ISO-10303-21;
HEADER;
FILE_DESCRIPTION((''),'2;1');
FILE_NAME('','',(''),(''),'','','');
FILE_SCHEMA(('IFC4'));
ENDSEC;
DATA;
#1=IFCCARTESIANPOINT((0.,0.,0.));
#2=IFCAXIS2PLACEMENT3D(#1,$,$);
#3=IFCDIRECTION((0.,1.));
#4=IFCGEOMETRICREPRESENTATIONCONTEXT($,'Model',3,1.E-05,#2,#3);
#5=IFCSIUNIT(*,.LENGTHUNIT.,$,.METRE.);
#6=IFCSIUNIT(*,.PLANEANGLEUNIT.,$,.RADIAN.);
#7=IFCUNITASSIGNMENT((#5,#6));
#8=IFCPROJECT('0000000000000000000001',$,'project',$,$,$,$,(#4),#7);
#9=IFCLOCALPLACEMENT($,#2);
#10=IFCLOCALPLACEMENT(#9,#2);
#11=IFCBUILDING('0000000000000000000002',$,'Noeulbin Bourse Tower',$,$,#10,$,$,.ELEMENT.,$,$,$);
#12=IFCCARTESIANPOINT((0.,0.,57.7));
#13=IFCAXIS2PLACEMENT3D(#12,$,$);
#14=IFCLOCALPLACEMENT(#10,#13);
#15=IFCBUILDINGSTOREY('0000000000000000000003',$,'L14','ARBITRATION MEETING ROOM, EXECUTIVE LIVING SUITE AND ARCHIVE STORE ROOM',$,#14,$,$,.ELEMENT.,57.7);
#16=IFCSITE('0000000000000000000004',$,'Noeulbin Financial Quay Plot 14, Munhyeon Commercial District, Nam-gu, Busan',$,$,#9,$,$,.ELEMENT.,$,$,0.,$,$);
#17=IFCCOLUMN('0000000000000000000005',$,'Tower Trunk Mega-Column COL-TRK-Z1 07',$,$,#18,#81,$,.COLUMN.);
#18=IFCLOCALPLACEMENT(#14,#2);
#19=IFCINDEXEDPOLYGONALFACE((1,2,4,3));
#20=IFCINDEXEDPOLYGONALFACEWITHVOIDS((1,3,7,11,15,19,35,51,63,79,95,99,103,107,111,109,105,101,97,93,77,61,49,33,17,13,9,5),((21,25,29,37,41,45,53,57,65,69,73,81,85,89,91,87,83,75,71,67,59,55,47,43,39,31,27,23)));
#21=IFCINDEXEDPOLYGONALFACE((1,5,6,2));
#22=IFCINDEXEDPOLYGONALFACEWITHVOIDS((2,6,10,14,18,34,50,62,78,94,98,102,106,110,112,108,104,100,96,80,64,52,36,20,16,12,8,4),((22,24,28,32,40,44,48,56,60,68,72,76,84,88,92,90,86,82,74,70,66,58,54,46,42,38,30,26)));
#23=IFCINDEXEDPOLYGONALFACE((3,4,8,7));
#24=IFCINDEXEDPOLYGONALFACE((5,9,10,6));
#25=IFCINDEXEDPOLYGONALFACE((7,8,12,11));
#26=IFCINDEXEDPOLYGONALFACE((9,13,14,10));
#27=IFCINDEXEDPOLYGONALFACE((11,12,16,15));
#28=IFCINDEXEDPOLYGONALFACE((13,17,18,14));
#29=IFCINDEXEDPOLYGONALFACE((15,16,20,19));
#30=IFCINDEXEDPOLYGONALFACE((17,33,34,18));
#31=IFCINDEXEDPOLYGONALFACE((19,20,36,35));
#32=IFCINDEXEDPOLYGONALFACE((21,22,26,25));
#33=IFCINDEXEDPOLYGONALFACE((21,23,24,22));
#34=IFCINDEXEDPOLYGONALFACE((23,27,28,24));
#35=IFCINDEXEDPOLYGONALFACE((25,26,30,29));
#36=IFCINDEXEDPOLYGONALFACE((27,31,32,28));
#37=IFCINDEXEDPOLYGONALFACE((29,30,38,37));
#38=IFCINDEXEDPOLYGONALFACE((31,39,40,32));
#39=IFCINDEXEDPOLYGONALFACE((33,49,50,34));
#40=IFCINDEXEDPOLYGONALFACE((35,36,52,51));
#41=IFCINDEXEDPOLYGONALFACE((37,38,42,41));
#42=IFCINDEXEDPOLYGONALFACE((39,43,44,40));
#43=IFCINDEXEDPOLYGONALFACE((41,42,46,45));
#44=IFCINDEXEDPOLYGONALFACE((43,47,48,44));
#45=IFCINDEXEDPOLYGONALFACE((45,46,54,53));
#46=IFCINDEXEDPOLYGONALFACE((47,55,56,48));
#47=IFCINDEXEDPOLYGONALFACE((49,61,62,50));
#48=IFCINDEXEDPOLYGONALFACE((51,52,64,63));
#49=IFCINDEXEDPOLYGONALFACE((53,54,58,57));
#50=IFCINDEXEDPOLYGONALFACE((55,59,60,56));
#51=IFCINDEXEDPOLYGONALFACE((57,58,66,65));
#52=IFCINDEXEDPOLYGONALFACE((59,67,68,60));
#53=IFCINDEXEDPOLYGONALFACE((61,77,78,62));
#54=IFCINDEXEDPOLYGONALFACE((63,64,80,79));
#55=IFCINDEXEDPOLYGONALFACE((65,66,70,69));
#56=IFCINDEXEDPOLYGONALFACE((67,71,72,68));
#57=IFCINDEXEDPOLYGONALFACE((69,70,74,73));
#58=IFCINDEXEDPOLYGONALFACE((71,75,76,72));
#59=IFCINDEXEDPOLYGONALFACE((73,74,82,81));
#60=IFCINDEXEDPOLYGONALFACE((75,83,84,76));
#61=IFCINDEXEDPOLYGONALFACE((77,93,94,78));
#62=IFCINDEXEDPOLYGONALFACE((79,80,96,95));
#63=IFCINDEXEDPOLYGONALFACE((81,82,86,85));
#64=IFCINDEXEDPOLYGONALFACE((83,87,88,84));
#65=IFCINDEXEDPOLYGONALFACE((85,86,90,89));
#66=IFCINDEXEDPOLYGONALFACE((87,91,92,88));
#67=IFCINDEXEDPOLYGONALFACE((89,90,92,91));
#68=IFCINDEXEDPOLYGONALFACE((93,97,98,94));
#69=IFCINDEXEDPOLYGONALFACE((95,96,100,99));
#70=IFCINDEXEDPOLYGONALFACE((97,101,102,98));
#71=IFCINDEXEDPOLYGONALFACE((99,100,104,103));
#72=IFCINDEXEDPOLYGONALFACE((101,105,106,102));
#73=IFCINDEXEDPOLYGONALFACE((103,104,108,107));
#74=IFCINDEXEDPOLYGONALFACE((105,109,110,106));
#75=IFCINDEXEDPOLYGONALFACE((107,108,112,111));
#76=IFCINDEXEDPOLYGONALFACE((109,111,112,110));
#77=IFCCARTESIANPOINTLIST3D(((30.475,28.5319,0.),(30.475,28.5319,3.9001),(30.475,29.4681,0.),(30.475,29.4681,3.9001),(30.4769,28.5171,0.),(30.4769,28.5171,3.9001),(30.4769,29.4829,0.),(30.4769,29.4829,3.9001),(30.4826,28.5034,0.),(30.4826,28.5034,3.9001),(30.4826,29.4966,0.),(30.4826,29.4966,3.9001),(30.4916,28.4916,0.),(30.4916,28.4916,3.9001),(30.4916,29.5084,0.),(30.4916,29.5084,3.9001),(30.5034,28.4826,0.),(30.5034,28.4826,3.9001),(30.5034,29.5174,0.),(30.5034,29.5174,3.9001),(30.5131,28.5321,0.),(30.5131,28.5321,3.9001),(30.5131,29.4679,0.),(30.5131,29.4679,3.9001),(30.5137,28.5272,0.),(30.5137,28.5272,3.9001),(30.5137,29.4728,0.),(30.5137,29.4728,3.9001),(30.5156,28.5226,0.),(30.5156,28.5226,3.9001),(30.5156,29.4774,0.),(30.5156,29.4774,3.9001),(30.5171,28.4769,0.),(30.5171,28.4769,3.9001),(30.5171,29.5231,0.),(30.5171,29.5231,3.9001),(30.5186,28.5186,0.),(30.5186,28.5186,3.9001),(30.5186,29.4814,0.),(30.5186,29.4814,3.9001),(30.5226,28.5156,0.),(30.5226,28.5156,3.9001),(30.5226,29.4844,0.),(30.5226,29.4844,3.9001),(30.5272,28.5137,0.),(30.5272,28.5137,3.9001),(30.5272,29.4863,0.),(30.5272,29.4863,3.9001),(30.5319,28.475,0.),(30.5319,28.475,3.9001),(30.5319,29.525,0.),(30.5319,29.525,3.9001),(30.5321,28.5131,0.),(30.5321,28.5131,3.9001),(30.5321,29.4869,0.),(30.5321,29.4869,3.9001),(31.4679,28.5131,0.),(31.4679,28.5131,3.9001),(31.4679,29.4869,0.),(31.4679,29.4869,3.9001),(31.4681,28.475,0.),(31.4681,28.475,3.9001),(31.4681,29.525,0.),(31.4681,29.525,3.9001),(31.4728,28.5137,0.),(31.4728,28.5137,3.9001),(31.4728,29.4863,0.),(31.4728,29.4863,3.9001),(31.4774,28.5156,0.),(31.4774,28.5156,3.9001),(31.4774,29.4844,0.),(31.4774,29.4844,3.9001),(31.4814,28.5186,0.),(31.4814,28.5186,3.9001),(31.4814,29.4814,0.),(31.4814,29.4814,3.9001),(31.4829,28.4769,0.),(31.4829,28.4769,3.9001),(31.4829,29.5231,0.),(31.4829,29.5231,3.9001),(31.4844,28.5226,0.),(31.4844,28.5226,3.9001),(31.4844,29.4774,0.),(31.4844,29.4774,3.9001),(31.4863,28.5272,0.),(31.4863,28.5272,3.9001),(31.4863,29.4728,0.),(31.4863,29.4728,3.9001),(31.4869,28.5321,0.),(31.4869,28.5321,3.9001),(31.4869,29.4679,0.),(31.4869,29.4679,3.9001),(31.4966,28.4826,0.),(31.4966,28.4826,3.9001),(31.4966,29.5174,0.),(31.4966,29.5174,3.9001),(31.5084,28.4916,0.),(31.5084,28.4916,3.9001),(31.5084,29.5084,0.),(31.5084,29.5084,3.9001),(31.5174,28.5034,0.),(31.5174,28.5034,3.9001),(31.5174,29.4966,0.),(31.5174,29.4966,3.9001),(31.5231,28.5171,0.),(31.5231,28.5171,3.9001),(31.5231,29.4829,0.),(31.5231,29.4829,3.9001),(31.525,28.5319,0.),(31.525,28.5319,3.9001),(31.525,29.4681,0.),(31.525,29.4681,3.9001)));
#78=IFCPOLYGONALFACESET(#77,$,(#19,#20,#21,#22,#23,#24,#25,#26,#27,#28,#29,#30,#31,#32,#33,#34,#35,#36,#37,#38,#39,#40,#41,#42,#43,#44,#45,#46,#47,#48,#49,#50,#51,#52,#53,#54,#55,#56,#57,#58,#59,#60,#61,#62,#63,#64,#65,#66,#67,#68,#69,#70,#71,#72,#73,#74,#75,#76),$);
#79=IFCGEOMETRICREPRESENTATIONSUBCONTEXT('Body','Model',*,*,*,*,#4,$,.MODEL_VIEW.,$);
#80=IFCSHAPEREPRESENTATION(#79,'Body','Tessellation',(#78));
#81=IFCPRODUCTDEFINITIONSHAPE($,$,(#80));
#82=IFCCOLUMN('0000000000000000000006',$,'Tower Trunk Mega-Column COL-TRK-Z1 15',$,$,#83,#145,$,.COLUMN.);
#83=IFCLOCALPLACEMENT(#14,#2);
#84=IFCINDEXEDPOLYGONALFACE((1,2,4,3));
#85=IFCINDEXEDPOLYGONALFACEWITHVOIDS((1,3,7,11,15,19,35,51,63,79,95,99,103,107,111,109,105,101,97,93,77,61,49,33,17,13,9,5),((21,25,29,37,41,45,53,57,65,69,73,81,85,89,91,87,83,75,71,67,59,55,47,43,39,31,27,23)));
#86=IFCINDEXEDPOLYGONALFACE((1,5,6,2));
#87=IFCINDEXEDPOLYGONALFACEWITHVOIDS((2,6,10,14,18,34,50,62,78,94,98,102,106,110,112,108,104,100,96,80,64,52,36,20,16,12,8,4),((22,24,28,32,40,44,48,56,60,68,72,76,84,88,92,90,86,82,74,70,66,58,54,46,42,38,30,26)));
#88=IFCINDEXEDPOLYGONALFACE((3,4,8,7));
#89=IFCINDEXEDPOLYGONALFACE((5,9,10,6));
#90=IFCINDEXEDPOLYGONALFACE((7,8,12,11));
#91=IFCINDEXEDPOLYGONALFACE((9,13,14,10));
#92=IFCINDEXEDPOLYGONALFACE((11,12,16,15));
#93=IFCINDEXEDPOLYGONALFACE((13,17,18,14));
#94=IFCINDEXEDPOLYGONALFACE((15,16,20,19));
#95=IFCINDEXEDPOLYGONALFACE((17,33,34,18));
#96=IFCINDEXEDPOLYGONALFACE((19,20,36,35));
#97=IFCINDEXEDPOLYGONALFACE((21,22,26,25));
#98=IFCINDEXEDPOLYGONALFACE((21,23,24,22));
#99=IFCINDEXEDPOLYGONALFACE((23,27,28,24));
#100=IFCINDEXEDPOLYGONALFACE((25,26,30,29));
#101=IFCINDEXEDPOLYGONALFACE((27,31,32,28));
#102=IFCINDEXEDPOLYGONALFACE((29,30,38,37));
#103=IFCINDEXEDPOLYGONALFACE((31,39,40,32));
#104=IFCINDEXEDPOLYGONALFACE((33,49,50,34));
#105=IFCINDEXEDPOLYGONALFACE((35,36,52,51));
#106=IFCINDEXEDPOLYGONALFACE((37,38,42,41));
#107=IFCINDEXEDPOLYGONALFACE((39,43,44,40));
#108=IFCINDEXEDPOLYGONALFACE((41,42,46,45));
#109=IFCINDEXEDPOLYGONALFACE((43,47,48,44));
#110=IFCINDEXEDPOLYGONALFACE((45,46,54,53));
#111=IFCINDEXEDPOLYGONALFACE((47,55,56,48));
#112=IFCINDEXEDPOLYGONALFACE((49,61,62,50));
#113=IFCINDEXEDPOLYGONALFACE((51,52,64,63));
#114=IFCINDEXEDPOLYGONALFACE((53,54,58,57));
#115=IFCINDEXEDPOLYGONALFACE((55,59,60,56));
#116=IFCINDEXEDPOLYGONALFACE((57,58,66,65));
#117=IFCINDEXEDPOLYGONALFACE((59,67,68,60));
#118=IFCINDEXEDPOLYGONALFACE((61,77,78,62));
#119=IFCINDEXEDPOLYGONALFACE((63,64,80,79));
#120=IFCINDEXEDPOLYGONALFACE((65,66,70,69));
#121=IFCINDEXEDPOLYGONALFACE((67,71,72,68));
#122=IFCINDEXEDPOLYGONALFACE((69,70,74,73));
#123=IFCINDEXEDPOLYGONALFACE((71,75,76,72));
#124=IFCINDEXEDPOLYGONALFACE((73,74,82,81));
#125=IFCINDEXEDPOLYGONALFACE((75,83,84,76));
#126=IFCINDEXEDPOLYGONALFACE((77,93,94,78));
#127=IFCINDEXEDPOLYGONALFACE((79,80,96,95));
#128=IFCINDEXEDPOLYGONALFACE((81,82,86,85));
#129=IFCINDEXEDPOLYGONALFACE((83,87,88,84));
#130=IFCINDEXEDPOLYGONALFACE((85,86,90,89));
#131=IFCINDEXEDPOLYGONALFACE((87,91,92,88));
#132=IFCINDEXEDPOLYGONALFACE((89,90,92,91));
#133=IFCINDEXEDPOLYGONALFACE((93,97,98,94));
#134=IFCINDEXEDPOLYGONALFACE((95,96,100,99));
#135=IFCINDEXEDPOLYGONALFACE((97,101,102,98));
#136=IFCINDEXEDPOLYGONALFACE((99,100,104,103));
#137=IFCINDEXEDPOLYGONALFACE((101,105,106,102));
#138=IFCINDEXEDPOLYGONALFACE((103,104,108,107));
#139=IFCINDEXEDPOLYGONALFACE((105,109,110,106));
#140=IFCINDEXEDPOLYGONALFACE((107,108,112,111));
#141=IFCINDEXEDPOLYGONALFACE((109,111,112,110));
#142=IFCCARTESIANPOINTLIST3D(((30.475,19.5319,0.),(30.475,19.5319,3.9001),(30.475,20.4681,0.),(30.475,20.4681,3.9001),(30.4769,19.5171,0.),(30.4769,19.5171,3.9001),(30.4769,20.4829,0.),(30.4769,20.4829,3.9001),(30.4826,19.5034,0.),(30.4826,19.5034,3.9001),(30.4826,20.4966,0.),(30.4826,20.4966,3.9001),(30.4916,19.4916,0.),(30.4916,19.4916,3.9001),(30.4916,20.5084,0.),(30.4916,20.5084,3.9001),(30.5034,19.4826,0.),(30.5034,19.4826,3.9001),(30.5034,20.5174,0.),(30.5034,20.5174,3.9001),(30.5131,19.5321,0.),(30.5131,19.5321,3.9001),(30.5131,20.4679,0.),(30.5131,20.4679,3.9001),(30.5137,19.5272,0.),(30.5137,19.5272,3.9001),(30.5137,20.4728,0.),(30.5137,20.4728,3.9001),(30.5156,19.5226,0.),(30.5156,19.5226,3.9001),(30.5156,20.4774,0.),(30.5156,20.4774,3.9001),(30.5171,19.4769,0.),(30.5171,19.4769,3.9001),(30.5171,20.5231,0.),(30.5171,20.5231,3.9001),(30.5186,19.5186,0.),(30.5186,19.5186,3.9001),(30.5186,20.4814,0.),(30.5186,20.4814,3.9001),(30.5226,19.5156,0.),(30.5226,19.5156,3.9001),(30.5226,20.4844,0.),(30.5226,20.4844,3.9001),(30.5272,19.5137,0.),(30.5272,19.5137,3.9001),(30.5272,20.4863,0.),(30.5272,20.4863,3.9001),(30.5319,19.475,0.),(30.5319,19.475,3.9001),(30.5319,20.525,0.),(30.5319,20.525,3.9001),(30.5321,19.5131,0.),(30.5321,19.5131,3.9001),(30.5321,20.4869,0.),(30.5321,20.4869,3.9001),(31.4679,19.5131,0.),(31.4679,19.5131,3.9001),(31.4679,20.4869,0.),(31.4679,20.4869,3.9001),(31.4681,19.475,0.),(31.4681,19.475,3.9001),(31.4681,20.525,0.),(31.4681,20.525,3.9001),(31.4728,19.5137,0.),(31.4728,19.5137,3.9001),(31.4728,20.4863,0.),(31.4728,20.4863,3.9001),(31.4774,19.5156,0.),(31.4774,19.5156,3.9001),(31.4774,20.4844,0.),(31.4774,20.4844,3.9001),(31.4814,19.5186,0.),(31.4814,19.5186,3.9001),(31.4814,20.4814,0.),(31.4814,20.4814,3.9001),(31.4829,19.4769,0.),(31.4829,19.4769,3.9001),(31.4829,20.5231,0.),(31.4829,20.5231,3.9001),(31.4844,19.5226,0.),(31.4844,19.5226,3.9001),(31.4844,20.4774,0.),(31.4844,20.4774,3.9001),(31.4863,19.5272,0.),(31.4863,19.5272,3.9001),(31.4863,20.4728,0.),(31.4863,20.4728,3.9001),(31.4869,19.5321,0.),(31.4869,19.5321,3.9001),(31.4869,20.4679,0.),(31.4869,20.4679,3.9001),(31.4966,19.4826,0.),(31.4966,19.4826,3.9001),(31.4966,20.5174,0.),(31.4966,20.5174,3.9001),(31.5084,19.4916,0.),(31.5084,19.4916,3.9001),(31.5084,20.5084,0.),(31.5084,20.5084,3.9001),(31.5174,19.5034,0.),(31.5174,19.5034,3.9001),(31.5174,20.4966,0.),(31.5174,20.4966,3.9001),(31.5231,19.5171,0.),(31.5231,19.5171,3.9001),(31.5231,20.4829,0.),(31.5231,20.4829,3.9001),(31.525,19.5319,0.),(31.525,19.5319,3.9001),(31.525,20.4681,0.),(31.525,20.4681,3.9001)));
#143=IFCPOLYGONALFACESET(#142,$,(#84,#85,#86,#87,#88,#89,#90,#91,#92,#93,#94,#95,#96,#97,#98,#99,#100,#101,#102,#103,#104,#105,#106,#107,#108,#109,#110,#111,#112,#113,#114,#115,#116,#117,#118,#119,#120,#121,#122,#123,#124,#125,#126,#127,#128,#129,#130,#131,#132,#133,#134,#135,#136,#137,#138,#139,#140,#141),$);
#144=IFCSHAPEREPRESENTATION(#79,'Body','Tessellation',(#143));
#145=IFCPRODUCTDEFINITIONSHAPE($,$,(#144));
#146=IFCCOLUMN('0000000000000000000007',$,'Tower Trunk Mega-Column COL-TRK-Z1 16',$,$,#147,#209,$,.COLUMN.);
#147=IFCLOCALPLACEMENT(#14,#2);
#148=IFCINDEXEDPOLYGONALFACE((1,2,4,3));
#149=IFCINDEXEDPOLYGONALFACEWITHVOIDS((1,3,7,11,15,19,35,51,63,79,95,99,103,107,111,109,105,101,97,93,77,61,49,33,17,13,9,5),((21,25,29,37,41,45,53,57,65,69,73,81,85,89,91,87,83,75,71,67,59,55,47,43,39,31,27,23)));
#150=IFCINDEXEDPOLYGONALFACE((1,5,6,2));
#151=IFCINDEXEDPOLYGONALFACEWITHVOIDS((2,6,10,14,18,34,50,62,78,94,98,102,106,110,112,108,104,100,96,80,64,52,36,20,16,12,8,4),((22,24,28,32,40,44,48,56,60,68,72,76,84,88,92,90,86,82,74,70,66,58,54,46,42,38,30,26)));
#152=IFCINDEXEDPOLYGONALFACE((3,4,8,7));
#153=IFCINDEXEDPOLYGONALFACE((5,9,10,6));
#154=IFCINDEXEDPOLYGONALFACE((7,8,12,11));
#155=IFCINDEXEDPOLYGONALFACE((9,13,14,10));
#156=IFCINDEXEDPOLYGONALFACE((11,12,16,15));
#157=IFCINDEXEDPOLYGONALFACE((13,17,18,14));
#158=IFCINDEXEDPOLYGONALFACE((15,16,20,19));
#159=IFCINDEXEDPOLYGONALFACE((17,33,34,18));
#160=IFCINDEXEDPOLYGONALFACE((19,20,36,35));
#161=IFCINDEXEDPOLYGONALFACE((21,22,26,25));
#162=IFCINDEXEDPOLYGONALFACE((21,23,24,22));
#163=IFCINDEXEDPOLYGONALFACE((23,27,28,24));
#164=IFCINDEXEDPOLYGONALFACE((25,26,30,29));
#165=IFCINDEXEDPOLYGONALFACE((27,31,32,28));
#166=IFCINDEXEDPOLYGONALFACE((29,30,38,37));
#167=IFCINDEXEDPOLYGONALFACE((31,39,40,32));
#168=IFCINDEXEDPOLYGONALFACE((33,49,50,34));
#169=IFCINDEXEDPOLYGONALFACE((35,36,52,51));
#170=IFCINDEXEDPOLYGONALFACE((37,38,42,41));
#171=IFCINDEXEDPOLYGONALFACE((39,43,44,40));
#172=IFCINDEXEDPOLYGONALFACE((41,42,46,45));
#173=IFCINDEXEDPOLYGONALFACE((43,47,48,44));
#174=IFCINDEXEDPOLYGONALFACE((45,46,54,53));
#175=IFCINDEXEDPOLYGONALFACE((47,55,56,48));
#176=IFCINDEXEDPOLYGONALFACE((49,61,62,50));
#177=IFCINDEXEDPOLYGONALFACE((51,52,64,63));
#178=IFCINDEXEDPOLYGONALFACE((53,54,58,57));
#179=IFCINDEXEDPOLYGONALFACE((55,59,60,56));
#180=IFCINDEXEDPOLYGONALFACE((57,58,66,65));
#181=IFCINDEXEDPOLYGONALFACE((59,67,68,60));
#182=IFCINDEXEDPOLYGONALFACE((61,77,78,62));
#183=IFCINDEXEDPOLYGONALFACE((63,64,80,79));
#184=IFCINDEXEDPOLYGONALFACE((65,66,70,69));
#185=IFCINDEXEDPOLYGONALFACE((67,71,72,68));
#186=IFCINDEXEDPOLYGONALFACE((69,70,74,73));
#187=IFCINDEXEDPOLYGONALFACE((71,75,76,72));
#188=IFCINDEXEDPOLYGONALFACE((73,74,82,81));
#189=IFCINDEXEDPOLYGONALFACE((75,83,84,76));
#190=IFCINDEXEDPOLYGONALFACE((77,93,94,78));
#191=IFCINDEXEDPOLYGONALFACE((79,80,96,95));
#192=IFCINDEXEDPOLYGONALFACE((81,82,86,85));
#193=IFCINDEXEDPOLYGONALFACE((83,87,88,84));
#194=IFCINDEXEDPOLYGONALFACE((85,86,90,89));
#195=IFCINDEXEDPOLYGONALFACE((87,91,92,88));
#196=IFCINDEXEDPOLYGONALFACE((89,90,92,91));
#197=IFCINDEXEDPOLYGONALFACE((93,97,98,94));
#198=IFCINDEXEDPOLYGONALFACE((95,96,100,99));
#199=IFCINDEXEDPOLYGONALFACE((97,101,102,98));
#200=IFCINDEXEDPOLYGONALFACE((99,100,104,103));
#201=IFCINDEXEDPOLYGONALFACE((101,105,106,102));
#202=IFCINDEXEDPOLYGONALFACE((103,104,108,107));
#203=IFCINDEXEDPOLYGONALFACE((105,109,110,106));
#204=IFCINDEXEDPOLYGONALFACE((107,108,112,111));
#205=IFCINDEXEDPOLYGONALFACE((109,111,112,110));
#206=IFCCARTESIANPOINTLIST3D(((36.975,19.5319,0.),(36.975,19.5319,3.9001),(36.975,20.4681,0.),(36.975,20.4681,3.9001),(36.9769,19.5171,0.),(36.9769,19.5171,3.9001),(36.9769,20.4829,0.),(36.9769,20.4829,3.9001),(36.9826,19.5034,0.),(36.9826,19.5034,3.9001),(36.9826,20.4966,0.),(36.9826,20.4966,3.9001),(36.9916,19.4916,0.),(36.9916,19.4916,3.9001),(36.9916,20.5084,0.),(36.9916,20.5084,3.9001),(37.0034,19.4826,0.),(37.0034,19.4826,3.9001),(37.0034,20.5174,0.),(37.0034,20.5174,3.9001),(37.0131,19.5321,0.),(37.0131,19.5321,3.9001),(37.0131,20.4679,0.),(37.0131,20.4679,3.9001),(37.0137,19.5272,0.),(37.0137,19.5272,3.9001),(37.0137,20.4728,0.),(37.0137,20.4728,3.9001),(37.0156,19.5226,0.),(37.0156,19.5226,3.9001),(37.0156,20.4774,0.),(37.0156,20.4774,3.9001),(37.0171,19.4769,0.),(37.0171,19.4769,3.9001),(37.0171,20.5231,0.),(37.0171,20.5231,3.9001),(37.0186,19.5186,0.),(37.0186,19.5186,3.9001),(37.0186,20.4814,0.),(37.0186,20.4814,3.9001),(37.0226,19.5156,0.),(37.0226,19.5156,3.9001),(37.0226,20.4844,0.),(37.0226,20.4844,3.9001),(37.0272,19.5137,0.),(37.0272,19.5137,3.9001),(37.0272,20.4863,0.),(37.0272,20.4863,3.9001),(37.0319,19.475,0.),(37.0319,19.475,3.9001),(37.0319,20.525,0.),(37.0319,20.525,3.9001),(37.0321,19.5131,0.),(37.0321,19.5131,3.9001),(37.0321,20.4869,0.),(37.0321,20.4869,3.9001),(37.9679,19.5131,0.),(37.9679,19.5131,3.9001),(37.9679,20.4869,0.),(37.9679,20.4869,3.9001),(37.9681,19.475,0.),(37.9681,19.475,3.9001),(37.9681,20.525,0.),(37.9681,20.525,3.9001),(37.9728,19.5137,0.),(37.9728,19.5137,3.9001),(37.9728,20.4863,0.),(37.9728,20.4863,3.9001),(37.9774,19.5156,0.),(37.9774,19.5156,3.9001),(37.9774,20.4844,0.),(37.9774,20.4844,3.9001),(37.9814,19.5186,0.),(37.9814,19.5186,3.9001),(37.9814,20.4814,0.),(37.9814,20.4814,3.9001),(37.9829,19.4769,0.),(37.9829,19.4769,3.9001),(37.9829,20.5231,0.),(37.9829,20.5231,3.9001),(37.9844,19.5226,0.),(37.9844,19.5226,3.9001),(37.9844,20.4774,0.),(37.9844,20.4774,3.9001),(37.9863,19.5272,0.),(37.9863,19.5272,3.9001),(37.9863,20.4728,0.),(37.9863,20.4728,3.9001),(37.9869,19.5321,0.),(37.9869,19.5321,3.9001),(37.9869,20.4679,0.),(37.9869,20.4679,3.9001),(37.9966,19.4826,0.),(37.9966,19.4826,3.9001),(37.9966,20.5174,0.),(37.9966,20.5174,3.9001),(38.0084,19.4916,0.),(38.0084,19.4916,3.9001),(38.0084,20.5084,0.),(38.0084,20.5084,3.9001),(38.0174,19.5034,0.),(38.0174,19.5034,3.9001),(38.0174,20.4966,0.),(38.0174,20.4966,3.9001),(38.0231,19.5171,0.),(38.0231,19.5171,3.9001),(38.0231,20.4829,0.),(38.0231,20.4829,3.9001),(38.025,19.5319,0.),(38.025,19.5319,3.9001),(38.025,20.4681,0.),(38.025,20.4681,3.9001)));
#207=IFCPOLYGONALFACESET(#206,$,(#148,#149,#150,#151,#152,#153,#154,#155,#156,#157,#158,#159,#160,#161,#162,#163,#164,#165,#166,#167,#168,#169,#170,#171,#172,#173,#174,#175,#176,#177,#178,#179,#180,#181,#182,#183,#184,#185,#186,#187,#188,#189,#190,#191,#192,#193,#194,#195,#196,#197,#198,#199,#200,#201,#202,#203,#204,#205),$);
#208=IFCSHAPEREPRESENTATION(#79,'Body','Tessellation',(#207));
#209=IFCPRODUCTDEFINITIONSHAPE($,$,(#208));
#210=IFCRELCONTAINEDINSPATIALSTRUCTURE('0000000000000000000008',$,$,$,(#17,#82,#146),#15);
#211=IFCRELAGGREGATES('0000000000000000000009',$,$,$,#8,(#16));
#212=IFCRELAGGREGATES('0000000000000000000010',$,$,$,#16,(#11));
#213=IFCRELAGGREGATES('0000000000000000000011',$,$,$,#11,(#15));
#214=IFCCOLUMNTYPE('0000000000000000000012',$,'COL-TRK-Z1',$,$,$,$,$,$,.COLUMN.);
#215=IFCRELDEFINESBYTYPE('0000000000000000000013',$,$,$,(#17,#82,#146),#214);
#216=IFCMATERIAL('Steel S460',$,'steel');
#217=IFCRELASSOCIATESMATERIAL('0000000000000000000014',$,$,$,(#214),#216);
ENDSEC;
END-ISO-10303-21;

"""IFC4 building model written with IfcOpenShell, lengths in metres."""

from ifc_helpers import new_model, si_unit, direction, frame, origin, origin_2d, place, context, subcontext, project, spatial, hollow_rectangle, extrude, material, material_profile, profile_set, type_object, element, save


model = new_model("IFC4")

# Units and contexts
model_context = context("Model", 3, precision=1e-05, world=origin(), true_north=direction((0.0, 1.0)))
body_context = subcontext(model_context, "Body", "Model", "MODEL_VIEW")
ifc_project = project(units=[si_unit("LENGTHUNIT", "METRE"), si_unit("PLANEANGLEUNIT", "RADIAN")], contexts=[model_context])

# Site, building, storey
site_placement = place(None, origin())
site = spatial("IfcSite", under=ifc_project, at=site_placement, Name="Noeulbin Financial Quay Plot 14, Munhyeon Commercial District, Nam-gu, Busan", CompositionType="ELEMENT", RefElevation=0.0)
building_placement = place(site_placement, origin())
building = spatial("IfcBuilding", under=site, at=building_placement, Name="Noeulbin Bourse Tower", CompositionType="ELEMENT")
storey_placement = place(building_placement, frame((0.0, 0.0, 57.7)))
storey = spatial("IfcBuildingStorey", under=building, at=storey_placement, Name="L14", Description="ARBITRATION MEETING ROOM, EXECUTIVE LIVING SUITE AND ARCHIVE STORE ROOM", CompositionType="ELEMENT", Elevation=57.7)

# Columns
ifc_material_1 = material(Name="Steel S460", Category="steel")
ifc_material_profile_1 = material_profile(ifc_material_1, hollow_rectangle(XDim=1.05, YDim=1.05, WallThickness=0.0381, InnerFilletRadius=0.019, OuterFilletRadius=0.0569, at=origin_2d()), Name="BOX-1050x1050x38", Category="LoadBearing")
ifc_profile_set_1 = profile_set([ifc_material_profile_1], Name="Steel S460")
column_type = type_object("IfcColumnType", Name="COL-TRK-Z1", PredefinedType="COLUMN", material=ifc_profile_set_1)
for number, where, z_axis, x_axis, name in (
    (1, (31.0, 29.0, 0.0), (0.0, 0.0, 1.0), (1.0, 0.0, 0.0), "Tower Trunk Mega-Column COL-TRK-Z1 07"),
    (2, (31.0, 20.0, 0.0), (0.0, 0.0, 1.0), (1.0, 0.0, 0.0), "Tower Trunk Mega-Column COL-TRK-Z1 15"),
    (3, (37.5, 20.0, 0.0), (0.0, 0.0, 1.0), (1.0, 0.0, 0.0), "Tower Trunk Mega-Column COL-TRK-Z1 16"),
):
    element("IfcColumn", number, at=place(storey_placement, frame(where, z_axis=z_axis, x_axis=x_axis)), inside=storey, type_object=column_type, Name=name, PredefinedType="COLUMN", context=body_context, shape_type="SweptSolid", body=[
        extrude(hollow_rectangle(XDim=1.05, YDim=1.05, WallThickness=0.0381, InnerFilletRadius=0.019, OuterFilletRadius=0.0569, at=origin_2d()), origin(), (0.0, 0.0, 1.0), 3.9001),
    ])

save(model, "model.ifc")
